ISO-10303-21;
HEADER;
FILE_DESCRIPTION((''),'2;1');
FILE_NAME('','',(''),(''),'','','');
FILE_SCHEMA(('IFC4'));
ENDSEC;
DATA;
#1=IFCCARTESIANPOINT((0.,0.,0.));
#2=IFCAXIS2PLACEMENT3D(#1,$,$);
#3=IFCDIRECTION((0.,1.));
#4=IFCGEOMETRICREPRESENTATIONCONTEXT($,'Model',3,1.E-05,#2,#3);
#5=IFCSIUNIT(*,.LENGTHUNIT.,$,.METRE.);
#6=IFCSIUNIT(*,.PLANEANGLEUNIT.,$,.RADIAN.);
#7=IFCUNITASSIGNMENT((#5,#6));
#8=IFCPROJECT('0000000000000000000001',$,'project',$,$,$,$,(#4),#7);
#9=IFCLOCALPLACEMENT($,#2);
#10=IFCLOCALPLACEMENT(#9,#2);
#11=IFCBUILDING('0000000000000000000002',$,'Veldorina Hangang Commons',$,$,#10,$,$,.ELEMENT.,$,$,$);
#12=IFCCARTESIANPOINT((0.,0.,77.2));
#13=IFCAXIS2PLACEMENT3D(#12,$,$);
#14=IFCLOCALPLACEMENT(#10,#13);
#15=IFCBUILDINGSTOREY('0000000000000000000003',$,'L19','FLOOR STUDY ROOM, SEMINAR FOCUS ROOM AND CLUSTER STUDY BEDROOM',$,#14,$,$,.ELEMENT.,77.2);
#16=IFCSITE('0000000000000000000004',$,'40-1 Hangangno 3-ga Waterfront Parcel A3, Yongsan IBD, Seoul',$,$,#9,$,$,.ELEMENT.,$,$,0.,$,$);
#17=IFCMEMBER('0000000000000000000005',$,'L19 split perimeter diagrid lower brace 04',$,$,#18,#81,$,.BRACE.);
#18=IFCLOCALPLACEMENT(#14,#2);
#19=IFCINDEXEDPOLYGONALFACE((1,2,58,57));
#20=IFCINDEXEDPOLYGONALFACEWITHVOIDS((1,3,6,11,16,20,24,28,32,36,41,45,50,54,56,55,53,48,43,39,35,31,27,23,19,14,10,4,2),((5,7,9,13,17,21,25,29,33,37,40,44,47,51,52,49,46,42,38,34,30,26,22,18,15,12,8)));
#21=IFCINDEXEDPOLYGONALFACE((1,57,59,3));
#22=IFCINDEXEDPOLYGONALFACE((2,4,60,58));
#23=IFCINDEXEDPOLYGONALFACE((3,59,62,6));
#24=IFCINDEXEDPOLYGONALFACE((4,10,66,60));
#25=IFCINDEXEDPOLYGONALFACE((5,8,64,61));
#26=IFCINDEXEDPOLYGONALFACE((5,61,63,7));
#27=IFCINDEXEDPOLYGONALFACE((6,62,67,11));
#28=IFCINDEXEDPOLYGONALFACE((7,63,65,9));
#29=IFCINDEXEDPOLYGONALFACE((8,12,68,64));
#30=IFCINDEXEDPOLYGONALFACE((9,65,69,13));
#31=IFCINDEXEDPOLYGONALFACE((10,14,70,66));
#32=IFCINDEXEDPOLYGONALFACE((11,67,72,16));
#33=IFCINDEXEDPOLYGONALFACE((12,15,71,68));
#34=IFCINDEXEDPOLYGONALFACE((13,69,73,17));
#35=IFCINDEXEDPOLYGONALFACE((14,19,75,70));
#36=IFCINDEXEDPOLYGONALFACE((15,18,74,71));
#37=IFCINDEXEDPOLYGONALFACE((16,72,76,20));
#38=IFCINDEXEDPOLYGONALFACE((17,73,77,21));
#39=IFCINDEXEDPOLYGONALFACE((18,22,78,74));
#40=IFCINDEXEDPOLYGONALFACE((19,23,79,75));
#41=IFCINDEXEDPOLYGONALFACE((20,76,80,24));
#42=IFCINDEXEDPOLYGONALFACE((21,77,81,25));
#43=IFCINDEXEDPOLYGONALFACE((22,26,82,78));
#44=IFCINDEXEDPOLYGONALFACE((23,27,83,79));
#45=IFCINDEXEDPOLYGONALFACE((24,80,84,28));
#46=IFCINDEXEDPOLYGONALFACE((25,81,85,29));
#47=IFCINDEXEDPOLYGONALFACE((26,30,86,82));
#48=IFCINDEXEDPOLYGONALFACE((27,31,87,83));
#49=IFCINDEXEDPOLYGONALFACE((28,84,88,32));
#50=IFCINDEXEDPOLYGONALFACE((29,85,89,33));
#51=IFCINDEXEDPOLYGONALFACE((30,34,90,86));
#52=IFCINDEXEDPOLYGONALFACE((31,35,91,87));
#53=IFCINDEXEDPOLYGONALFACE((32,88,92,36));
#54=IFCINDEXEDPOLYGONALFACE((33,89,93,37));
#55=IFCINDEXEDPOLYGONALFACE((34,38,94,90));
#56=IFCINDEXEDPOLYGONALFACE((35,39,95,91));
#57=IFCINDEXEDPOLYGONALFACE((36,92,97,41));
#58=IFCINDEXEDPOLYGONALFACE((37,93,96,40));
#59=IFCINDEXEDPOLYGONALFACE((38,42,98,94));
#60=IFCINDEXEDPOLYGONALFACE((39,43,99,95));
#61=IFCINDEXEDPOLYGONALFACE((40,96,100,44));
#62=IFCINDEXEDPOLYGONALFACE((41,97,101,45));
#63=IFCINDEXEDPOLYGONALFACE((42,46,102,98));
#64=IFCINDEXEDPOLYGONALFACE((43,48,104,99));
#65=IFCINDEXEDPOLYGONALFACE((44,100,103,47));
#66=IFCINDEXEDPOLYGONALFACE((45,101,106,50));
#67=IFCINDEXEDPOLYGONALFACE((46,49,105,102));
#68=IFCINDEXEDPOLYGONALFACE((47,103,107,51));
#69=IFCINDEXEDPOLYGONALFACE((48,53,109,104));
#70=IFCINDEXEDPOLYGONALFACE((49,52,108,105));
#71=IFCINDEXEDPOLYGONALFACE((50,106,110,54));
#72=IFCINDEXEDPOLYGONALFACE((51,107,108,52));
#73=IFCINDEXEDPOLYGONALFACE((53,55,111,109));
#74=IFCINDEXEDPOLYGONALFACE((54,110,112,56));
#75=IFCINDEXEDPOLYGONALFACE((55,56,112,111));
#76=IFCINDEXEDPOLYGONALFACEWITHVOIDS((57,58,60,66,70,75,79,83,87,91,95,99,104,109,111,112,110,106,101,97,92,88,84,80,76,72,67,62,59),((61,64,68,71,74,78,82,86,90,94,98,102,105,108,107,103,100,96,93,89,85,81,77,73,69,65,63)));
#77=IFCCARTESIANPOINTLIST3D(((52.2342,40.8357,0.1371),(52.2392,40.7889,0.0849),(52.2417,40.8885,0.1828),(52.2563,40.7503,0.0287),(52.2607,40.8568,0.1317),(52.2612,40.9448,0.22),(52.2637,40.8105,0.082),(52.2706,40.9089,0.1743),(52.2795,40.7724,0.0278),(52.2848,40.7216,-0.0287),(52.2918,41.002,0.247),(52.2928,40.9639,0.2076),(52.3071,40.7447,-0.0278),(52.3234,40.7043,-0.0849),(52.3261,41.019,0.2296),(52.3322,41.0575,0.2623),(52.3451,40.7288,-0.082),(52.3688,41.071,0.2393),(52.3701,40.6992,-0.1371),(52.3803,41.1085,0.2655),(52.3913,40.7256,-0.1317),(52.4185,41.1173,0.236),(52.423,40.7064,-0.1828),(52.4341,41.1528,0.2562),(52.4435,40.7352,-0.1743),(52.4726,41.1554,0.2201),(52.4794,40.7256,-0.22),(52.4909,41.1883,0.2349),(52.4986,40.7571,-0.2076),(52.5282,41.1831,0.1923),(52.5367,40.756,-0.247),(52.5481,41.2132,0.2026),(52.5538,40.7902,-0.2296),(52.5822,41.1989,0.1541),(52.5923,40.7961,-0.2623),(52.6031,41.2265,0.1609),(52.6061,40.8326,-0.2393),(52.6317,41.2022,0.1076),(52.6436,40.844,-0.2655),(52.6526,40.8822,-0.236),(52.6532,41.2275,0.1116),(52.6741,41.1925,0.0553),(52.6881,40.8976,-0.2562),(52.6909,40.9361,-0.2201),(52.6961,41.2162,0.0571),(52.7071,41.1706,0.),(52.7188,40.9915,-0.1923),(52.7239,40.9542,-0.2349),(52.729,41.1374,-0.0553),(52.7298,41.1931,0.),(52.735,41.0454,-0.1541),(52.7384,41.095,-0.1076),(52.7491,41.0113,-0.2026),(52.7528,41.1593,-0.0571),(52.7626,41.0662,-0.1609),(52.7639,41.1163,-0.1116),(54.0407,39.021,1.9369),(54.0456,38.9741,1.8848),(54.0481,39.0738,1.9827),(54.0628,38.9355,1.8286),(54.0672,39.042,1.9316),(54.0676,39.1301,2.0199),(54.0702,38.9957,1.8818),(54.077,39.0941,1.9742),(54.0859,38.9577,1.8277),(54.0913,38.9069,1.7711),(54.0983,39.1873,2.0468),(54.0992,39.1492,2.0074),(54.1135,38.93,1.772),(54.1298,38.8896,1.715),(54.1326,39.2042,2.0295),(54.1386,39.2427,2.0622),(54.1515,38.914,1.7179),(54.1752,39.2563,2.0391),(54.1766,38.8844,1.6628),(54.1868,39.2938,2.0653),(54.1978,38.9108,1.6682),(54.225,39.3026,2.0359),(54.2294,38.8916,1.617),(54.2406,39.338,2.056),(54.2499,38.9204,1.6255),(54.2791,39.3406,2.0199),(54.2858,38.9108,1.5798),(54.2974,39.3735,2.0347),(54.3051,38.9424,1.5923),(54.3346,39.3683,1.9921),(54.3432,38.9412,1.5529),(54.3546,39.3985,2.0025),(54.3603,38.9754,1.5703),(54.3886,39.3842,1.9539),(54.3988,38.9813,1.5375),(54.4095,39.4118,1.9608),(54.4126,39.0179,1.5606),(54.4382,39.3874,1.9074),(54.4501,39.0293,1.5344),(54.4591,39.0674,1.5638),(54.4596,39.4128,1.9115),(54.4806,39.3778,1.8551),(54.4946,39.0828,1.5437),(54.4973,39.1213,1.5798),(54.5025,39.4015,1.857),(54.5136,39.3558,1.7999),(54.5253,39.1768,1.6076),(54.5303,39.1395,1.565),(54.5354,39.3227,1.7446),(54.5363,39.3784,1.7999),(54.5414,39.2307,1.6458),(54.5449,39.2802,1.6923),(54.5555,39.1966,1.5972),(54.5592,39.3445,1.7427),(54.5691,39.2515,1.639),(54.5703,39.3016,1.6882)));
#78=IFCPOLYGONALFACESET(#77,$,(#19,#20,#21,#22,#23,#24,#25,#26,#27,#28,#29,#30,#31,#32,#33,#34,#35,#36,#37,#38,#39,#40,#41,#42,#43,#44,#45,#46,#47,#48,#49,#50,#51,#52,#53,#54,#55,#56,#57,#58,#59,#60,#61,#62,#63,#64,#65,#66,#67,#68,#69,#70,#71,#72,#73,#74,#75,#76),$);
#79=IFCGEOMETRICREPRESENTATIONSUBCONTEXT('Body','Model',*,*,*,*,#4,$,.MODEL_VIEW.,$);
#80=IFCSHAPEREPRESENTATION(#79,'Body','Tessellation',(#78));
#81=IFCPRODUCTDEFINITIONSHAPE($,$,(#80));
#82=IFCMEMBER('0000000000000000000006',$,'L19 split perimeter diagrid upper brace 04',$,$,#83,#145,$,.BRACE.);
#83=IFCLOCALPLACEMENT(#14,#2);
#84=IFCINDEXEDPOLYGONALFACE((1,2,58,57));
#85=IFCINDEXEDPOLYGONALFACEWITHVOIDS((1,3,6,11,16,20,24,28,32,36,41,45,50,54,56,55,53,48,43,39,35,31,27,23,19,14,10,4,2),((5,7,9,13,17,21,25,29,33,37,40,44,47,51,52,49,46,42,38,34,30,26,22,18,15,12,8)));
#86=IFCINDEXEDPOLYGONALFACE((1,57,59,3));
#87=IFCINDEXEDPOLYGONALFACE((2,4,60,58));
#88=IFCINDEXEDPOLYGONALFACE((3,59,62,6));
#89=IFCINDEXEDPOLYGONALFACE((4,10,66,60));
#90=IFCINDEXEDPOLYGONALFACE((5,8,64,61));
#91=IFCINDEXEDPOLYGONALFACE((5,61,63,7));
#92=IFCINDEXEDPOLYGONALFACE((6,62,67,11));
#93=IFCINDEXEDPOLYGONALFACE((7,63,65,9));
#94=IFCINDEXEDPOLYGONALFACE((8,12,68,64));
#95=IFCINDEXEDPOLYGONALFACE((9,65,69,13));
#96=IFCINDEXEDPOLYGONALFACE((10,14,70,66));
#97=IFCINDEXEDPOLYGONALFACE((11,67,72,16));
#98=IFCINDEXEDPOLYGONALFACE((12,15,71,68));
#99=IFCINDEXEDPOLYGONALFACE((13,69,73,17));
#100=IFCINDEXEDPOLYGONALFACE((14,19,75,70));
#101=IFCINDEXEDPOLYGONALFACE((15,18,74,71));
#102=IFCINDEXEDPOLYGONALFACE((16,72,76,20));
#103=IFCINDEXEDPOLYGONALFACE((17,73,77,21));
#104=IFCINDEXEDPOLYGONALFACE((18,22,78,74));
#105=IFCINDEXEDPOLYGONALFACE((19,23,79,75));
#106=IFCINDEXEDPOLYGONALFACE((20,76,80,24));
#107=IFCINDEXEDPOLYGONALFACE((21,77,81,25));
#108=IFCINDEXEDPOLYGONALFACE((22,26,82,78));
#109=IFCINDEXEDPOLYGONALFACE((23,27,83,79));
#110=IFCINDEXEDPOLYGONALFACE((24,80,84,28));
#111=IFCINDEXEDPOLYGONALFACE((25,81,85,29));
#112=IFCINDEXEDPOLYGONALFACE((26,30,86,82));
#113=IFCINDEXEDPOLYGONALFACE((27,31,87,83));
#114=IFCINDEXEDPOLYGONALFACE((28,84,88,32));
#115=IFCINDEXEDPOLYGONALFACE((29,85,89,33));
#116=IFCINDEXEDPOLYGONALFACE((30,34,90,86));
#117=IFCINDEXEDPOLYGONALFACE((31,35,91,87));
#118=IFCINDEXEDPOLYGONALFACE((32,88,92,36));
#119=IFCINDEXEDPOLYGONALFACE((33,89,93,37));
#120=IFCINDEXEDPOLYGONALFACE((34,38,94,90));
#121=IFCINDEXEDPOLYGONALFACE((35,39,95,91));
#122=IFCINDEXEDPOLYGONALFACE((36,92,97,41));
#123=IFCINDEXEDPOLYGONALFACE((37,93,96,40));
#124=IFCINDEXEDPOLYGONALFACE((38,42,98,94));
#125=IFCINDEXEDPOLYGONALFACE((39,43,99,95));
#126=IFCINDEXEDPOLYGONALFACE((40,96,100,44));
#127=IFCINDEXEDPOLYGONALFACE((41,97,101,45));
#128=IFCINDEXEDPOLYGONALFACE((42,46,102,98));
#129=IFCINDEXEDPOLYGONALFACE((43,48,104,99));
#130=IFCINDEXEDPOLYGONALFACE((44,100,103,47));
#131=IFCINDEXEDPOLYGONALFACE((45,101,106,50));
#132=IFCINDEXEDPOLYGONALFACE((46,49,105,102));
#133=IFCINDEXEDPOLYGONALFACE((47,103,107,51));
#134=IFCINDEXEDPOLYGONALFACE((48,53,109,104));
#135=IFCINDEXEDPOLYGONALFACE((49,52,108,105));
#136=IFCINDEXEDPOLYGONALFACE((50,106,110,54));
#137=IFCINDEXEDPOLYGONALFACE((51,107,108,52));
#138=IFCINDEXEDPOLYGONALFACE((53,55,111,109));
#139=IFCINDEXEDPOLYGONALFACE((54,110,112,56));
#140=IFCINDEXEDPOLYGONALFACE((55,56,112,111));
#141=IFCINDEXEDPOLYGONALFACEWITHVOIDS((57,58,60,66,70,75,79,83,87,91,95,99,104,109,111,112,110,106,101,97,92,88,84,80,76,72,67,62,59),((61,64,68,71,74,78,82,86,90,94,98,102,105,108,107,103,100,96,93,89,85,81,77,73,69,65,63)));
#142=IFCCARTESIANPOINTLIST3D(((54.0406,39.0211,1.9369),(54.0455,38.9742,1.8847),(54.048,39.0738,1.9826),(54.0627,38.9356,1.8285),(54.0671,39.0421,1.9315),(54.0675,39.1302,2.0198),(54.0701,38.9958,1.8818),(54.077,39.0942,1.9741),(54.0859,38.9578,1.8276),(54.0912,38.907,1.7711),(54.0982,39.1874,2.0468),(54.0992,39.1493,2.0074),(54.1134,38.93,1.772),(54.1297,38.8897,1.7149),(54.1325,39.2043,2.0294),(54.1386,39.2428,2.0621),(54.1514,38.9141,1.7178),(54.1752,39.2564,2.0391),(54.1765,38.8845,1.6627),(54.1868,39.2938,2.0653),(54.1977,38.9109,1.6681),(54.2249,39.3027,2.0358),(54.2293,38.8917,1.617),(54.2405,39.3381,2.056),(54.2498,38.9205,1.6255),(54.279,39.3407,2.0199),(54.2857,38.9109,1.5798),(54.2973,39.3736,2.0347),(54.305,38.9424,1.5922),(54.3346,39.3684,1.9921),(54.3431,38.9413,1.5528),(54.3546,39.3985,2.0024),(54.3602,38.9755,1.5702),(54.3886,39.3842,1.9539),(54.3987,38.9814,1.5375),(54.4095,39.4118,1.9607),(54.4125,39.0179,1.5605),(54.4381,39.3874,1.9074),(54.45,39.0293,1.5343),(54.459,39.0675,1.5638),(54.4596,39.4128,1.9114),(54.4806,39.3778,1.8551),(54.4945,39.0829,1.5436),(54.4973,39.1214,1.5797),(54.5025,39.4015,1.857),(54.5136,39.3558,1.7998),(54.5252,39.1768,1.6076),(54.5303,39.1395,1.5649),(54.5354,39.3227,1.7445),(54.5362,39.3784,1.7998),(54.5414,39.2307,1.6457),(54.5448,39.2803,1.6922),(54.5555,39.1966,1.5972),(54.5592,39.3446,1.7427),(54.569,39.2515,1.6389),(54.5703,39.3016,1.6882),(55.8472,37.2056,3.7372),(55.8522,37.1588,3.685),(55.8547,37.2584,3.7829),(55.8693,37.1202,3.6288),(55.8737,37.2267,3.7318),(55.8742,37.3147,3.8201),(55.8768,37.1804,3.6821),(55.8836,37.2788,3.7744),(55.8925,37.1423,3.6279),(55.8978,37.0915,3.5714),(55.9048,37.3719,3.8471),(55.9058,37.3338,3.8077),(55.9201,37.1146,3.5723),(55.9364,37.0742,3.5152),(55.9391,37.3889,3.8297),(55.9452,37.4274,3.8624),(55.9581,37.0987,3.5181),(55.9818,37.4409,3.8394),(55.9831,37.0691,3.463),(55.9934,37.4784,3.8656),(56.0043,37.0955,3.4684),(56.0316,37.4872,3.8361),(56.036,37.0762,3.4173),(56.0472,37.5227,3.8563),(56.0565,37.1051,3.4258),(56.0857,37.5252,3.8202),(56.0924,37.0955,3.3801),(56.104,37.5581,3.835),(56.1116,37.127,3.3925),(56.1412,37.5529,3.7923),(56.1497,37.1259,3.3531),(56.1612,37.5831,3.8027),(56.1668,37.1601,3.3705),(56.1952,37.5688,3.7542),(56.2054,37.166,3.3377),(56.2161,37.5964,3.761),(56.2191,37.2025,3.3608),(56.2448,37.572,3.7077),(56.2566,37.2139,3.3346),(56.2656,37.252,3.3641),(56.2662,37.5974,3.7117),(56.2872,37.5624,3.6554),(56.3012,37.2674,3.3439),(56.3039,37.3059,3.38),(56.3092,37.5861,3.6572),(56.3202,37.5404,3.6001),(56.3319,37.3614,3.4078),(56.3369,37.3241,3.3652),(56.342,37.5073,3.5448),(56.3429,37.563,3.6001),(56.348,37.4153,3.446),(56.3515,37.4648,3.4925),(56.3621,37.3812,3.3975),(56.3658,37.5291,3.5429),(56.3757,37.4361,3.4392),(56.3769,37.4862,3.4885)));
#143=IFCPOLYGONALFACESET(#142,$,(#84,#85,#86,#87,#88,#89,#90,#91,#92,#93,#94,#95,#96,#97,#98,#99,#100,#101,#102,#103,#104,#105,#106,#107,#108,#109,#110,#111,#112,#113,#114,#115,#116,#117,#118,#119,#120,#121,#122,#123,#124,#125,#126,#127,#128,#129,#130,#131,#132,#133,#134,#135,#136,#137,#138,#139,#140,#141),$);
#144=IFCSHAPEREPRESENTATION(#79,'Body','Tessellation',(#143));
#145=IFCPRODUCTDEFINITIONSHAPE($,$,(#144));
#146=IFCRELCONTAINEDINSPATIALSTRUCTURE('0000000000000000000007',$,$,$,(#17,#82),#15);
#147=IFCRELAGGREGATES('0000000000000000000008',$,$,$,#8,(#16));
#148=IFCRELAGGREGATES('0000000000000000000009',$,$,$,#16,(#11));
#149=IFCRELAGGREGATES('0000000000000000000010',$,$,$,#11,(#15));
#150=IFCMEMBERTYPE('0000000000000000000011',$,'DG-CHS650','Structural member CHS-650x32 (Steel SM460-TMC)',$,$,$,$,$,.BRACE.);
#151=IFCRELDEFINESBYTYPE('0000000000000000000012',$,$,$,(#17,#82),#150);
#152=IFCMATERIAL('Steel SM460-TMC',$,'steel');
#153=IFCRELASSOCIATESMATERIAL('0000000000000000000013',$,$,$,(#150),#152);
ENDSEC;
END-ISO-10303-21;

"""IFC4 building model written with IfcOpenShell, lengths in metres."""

from ifc_helpers import new_model, si_unit, direction, frame, origin, origin_2d, place, context, subcontext, project, spatial, hollow_circle, extrude, material, material_profile, profile_set, type_object, element, save


model = new_model("IFC4")

# Units and contexts
model_context = context("Model", 3, precision=1e-05, world=origin(), true_north=direction((0.0, 1.0)))
body_context = subcontext(model_context, "Body", "Model", "MODEL_VIEW")
ifc_project = project(units=[si_unit("LENGTHUNIT", "METRE"), si_unit("PLANEANGLEUNIT", "RADIAN")], contexts=[model_context])

# Site, building, storey
site_placement = place(None, origin())
site = spatial("IfcSite", under=ifc_project, at=site_placement, Name="40-1 Hangangno 3-ga Waterfront Parcel A3, Yongsan IBD, Seoul", CompositionType="ELEMENT", RefElevation=0.0)
building_placement = place(site_placement, origin())
building = spatial("IfcBuilding", under=site, at=building_placement, Name="Veldorina Hangang Commons", CompositionType="ELEMENT")
storey_placement = place(building_placement, frame((0.0, 0.0, 77.2)))
storey = spatial("IfcBuildingStorey", under=building, at=storey_placement, Name="L19", Description="FLOOR STUDY ROOM, SEMINAR FOCUS ROOM AND CLUSTER STUDY BEDROOM", CompositionType="ELEMENT", Elevation=77.2)

# Members
ifc_material_1 = material(Name="Steel SM460-TMC", Category="steel")
ifc_material_profile_1 = material_profile(ifc_material_1, hollow_circle(Radius=0.325, WallThickness=0.032, at=origin_2d()), Name="CHS-650x32")
ifc_profile_set_1 = profile_set([ifc_material_profile_1], Name="Steel SM460-TMC")
member_type = type_object("IfcMemberType", Name="DG-CHS650", Description="Structural member CHS-650x32 (Steel SM460-TMC)", PredefinedType="BRACE", material=ifc_profile_set_1)
member_1_placement = place(storey_placement, frame((52.4995, 40.9639, 0.0), z_axis=(0.577165, -0.579817, 0.575059), x_axis=(0.708726, 0.705484, 0.0)))
element("IfcMember", 1, at=member_1_placement, inside=storey, type_object=member_type, Name="L19 split perimeter diagrid lower brace 04", PredefinedType="BRACE", context=body_context, shape_type="SweptSolid", body=[
    extrude(hollow_circle(Radius=0.325, WallThickness=0.032, at=origin_2d()), origin(), (0.0, 0.0, 1.0), 3.1299),
])
member_2_placement = place(storey_placement, frame((54.3059, 39.1492, 1.7998), z_axis=(0.577087, -0.579894, 0.575059), x_axis=(0.708821, 0.705389, 0.0)))
element("IfcMember", 2, at=member_2_placement, inside=storey, type_object=member_type, Name="L19 split perimeter diagrid upper brace 04", PredefinedType="BRACE", context=body_context, shape_type="SweptSolid", body=[
    extrude(hollow_circle(Radius=0.325, WallThickness=0.032, at=origin_2d()), origin(), (0.0, 0.0, 1.0), 3.1306),
])

save(model, "model.ifc")
